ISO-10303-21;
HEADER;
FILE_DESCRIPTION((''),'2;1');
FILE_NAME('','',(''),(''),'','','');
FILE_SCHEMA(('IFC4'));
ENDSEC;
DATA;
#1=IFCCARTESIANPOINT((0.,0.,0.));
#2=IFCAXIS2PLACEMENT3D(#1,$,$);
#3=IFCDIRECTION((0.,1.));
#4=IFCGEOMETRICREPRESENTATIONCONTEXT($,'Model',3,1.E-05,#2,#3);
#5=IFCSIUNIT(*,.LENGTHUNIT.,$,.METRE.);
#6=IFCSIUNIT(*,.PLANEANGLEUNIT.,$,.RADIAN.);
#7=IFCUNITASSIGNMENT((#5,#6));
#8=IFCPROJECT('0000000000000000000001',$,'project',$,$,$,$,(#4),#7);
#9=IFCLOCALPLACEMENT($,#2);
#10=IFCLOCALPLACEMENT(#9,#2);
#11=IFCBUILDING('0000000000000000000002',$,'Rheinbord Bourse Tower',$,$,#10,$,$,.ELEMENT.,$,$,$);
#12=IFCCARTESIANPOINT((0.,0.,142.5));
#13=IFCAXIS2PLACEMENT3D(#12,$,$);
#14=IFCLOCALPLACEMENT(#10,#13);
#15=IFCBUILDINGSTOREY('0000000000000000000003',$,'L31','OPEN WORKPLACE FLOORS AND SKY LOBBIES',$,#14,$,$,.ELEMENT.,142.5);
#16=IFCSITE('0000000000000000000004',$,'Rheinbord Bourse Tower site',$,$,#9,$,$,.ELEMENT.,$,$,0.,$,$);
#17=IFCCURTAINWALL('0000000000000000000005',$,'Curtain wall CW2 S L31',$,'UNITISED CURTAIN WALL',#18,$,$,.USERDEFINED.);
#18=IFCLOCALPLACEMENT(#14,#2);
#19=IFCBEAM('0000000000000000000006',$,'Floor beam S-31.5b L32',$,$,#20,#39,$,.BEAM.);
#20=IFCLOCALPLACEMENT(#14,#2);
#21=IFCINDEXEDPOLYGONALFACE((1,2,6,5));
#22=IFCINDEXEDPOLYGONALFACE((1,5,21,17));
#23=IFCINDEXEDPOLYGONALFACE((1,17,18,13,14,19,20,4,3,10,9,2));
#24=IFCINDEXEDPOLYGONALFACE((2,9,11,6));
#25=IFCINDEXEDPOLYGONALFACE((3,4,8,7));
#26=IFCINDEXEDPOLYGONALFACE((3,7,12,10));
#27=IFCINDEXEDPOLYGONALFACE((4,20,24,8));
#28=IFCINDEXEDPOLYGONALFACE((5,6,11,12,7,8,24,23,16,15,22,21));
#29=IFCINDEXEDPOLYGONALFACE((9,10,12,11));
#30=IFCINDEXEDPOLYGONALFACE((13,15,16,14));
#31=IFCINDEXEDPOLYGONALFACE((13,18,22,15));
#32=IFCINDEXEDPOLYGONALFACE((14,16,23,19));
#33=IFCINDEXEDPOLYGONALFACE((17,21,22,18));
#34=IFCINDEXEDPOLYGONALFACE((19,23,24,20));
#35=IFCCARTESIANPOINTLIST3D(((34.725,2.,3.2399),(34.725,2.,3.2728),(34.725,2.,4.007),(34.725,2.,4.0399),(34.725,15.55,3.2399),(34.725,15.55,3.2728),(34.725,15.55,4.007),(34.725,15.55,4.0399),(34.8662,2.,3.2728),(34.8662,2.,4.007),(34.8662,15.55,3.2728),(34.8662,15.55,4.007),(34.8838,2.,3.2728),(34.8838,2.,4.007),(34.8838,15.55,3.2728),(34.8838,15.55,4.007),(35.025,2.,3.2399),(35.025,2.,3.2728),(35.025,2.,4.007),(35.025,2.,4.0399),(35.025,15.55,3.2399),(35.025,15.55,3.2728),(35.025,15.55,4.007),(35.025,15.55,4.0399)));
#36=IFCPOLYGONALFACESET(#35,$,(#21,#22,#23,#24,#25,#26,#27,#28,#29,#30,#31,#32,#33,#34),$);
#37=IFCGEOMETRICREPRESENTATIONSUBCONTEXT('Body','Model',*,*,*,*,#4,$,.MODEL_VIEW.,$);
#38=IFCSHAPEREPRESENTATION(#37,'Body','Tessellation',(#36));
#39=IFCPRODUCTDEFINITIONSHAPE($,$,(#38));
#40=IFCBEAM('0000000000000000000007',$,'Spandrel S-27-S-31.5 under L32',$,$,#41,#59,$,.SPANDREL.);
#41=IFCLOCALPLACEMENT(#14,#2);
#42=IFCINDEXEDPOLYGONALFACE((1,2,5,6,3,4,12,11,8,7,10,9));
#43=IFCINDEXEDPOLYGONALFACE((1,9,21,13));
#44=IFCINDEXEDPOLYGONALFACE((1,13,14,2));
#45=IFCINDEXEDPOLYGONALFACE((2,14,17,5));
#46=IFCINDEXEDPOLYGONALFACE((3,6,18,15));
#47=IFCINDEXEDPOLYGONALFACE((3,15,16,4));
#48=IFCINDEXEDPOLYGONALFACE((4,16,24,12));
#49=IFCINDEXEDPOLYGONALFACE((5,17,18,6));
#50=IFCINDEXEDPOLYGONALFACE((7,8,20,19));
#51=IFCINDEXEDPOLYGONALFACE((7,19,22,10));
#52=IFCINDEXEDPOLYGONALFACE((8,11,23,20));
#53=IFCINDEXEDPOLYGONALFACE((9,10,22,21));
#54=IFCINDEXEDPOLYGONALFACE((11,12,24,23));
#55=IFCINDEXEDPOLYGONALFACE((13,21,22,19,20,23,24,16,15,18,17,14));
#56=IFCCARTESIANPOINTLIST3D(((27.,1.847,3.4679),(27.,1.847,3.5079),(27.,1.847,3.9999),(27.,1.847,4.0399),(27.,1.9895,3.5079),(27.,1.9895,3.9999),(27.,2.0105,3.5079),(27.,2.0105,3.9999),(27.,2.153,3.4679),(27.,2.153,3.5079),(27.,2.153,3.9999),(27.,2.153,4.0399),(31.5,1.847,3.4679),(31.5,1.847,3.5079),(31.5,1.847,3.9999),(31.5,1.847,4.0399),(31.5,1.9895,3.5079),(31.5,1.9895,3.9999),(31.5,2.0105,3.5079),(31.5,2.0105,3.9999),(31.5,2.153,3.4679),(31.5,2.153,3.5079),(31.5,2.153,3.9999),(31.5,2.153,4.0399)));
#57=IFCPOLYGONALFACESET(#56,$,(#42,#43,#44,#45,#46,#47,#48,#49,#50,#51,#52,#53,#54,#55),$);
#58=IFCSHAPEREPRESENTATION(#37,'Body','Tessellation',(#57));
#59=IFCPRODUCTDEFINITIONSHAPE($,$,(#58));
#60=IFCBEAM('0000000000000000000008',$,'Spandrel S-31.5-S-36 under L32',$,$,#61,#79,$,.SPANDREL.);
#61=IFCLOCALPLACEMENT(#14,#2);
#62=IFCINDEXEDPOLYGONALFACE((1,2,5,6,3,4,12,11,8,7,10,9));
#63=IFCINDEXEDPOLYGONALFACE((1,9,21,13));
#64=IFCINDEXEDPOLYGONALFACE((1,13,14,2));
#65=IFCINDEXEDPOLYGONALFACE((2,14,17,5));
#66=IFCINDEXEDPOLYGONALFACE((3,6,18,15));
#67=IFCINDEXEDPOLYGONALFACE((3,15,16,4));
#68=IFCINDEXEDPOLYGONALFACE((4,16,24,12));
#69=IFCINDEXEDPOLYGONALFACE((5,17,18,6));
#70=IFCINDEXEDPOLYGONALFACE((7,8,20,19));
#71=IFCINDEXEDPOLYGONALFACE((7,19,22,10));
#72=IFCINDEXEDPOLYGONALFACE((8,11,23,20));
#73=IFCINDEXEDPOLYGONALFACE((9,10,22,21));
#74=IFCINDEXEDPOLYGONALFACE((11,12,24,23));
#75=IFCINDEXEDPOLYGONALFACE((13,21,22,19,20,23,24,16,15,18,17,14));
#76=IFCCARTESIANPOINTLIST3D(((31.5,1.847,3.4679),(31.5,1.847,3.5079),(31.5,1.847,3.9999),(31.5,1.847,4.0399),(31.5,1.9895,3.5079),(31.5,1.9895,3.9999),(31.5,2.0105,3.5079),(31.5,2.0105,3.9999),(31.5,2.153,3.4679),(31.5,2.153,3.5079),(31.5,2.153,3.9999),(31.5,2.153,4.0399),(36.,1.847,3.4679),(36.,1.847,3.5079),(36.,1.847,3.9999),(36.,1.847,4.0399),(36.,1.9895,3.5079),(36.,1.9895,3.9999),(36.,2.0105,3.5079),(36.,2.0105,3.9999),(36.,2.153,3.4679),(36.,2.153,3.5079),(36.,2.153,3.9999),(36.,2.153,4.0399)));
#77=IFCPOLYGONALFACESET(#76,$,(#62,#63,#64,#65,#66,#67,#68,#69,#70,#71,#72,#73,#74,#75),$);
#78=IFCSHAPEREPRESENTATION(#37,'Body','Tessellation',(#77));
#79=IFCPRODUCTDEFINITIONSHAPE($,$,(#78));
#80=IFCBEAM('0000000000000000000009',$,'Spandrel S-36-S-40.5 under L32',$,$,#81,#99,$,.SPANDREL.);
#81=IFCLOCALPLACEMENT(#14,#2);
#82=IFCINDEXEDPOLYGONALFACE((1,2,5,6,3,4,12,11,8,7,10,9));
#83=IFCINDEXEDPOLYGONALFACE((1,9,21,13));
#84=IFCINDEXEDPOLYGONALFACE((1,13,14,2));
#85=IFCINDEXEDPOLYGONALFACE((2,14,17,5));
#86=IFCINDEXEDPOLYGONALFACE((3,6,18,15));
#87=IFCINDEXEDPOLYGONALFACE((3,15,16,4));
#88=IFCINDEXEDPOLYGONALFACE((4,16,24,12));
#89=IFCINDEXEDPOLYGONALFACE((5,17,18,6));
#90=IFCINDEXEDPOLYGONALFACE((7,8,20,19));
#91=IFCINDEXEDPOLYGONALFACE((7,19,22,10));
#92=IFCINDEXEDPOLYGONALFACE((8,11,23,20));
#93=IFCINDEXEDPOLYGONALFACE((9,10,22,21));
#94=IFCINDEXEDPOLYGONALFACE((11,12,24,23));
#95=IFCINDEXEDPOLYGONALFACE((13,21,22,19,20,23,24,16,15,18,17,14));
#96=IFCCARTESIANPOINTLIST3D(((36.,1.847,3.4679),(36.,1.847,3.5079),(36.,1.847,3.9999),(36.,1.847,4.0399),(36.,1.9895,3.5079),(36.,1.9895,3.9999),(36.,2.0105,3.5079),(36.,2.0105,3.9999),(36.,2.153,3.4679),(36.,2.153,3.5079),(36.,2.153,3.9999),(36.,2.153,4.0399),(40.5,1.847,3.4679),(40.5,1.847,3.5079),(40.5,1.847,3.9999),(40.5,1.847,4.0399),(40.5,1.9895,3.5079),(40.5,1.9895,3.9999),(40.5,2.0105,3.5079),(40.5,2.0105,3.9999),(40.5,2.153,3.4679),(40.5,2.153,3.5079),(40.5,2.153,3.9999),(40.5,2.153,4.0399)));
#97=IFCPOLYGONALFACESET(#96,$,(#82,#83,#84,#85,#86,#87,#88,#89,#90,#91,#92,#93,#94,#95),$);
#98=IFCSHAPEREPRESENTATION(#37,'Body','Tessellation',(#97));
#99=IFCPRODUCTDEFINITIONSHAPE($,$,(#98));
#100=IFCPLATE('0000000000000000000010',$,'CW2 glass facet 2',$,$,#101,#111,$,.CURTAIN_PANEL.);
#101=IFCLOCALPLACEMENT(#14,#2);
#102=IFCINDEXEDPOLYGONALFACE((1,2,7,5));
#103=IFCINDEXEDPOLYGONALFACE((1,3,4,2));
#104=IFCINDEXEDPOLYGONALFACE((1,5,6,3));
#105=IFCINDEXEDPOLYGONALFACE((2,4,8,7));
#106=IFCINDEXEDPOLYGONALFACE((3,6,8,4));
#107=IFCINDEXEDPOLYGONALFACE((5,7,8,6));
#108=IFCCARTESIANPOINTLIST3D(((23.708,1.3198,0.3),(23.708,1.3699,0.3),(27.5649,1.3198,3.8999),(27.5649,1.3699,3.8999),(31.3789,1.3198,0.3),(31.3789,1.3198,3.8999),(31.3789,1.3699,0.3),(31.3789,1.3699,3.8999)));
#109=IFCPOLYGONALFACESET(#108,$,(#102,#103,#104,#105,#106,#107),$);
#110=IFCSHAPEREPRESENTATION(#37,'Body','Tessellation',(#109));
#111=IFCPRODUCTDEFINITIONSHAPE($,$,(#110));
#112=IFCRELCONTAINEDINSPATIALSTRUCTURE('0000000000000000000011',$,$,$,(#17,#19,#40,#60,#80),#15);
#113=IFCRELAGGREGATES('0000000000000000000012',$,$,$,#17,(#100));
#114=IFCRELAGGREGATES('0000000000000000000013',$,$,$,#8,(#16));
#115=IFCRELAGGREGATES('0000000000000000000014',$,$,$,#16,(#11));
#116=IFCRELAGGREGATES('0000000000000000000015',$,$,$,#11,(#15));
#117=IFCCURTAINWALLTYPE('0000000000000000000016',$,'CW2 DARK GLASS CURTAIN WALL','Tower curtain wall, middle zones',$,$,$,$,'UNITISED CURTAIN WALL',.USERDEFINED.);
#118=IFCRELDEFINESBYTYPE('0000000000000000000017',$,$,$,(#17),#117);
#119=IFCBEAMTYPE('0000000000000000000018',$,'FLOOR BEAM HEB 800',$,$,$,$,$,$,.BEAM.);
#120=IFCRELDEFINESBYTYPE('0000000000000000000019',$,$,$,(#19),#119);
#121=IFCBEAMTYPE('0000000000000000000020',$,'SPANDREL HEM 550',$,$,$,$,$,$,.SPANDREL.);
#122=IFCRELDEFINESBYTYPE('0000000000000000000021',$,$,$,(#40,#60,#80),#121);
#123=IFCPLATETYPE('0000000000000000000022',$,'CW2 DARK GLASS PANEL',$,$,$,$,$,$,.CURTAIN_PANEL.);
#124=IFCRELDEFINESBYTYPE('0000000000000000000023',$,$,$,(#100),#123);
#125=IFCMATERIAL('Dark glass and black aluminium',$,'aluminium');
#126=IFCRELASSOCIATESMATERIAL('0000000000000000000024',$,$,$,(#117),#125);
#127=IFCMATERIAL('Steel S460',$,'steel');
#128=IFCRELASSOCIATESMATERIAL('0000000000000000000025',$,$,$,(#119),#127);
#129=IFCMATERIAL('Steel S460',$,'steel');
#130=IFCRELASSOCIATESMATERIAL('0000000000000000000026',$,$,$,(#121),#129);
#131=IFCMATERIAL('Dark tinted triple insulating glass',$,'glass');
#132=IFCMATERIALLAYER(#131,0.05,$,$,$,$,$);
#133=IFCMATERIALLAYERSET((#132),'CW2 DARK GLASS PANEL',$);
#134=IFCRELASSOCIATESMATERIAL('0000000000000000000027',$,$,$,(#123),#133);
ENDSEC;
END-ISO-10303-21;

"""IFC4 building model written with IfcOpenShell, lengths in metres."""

from ifc_helpers import new_model, si_unit, direction, frame, origin, origin_2d, place, context, subcontext, project, spatial, polyline, i_section, outline, extrude, material, layer, layer_set, material_profile, profile_set, type_object, element, aggregate, save


model = new_model("IFC4")

# Units and contexts
model_context = context("Model", 3, precision=1e-05, world=origin(), true_north=direction((0.0, 1.0)))
body_context = subcontext(model_context, "Body", "Model", "MODEL_VIEW")
ifc_project = project(units=[si_unit("LENGTHUNIT", "METRE"), si_unit("PLANEANGLEUNIT", "RADIAN")], contexts=[model_context])

# Site, building, storey
site_placement = place(None, origin())
site = spatial("IfcSite", under=ifc_project, at=site_placement, Name="Rheinbord Bourse Tower site", CompositionType="ELEMENT", RefElevation=0.0)
building_placement = place(site_placement, origin())
building = spatial("IfcBuilding", under=site, at=building_placement, Name="Rheinbord Bourse Tower", CompositionType="ELEMENT")
storey_placement = place(building_placement, frame((0.0, 0.0, 142.5)))
storey = spatial("IfcBuildingStorey", under=building, at=storey_placement, Name="L31", Description="OPEN WORKPLACE FLOORS AND SKY LOBBIES", CompositionType="ELEMENT", Elevation=142.5)

# Curtain wall
ifc_material_1 = material(Name="Dark glass and black aluminium", Category="aluminium")
curtain_wall_type = type_object("IfcCurtainWallType", Name="CW2 DARK GLASS CURTAIN WALL", Description="Tower curtain wall, middle zones", ElementType="UNITISED CURTAIN WALL", PredefinedType="USERDEFINED", material=ifc_material_1)
curtain_wall_placement = place(storey_placement, origin())
curtain_wall = element("IfcCurtainWall", 1, at=curtain_wall_placement, inside=storey, type_object=curtain_wall_type, Name="Curtain wall CW2 S L31", ObjectType="UNITISED CURTAIN WALL", PredefinedType="USERDEFINED")

# Beams
ifc_material_2 = material(Name="Steel S460", Category="steel")
ifc_material_profile_1 = material_profile(ifc_material_2, i_section(OverallWidth=0.3, OverallDepth=0.8, WebThickness=0.0176, FlangeThickness=0.033, at=origin_2d()), Name="HEB 800")
ifc_profile_set_1 = profile_set([ifc_material_profile_1], Name="Steel S460")
beam_type_1 = type_object("IfcBeamType", Name="FLOOR BEAM HEB 800", PredefinedType="BEAM", material=ifc_profile_set_1)
for number, where, z_axis, x_axis, name in (
    (2, (34.875, 2.0, 3.6399), (0.0, 1.0, 0.0), (-1.0, 0.0, 0.0), "Floor beam S-31.5b L32"),
):
    element("IfcBeam", number, at=place(storey_placement, frame(where, z_axis=z_axis, x_axis=x_axis)), inside=storey, type_object=beam_type_1, Name=name, PredefinedType="BEAM", context=body_context, shape_type="SweptSolid", body=[
        extrude(i_section(OverallWidth=0.3, OverallDepth=0.8, WebThickness=0.0176, FlangeThickness=0.033, at=origin_2d()), origin(), (0.0, 0.0, 1.0), 13.55),
    ])
ifc_material_3 = material(Name="Steel S460", Category="steel")
ifc_material_profile_2 = material_profile(ifc_material_3, i_section(OverallWidth=0.3059, OverallDepth=0.572, WebThickness=0.021, FlangeThickness=0.04, at=origin_2d()), Name="HEM 550")
ifc_profile_set_2 = profile_set([ifc_material_profile_2], Name="Steel S460")
beam_type_2 = type_object("IfcBeamType", Name="SPANDREL HEM 550", PredefinedType="SPANDREL", material=ifc_profile_set_2)
for number, where, z_axis, x_axis, name in (
    (3, (27.0, 2.0, 3.7539), (1.0, 0.0, 0.0), (0.0, 1.0, 0.0), "Spandrel S-27-S-31.5 under L32"),
    (4, (31.5, 2.0, 3.7539), (1.0, 0.0, 0.0), (0.0, 1.0, 0.0), "Spandrel S-31.5-S-36 under L32"),
    (5, (36.0, 2.0, 3.7539), (1.0, 0.0, 0.0), (0.0, 1.0, 0.0), "Spandrel S-36-S-40.5 under L32"),
):
    element("IfcBeam", number, at=place(storey_placement, frame(where, z_axis=z_axis, x_axis=x_axis)), inside=storey, type_object=beam_type_2, Name=name, PredefinedType="SPANDREL", context=body_context, shape_type="SweptSolid", body=[
        extrude(i_section(OverallWidth=0.3059, OverallDepth=0.572, WebThickness=0.021, FlangeThickness=0.04, at=origin_2d()), origin(), (0.0, 0.0, 1.0), 4.5),
    ])

# Plate
ifc_material_4 = material(Name="Dark tinted triple insulating glass", Category="glass")
ifc_layer = layer(ifc_material_4, 0.05)
ifc_layer_set = layer_set([ifc_layer], Name="CW2 DARK GLASS PANEL")
plate_type = type_object("IfcPlateType", Name="CW2 DARK GLASS PANEL", PredefinedType="CURTAIN_PANEL", material=ifc_layer_set)
plate_placement = place(storey_placement, frame((31.3789, 1.3198, 3.8999), z_axis=(0.0, 1.0, 0.0), x_axis=(0.0, 0.0, -1.0)))
plate = element("IfcPlate", 6, at=plate_placement, type_object=plate_type, Name="CW2 glass facet 2", PredefinedType="CURTAIN_PANEL", context=body_context, shape_type="SweptSolid", body=[
    extrude(outline(polyline([(0.0, 0.0), (3.5999, 0.0), (3.5999, 7.6709), (0.0, 3.814), (0.0, 0.0)])), origin(), (0.0, 0.0, 1.0), 0.05),
])
aggregate(curtain_wall, [plate])

save(model, "model.ifc")
